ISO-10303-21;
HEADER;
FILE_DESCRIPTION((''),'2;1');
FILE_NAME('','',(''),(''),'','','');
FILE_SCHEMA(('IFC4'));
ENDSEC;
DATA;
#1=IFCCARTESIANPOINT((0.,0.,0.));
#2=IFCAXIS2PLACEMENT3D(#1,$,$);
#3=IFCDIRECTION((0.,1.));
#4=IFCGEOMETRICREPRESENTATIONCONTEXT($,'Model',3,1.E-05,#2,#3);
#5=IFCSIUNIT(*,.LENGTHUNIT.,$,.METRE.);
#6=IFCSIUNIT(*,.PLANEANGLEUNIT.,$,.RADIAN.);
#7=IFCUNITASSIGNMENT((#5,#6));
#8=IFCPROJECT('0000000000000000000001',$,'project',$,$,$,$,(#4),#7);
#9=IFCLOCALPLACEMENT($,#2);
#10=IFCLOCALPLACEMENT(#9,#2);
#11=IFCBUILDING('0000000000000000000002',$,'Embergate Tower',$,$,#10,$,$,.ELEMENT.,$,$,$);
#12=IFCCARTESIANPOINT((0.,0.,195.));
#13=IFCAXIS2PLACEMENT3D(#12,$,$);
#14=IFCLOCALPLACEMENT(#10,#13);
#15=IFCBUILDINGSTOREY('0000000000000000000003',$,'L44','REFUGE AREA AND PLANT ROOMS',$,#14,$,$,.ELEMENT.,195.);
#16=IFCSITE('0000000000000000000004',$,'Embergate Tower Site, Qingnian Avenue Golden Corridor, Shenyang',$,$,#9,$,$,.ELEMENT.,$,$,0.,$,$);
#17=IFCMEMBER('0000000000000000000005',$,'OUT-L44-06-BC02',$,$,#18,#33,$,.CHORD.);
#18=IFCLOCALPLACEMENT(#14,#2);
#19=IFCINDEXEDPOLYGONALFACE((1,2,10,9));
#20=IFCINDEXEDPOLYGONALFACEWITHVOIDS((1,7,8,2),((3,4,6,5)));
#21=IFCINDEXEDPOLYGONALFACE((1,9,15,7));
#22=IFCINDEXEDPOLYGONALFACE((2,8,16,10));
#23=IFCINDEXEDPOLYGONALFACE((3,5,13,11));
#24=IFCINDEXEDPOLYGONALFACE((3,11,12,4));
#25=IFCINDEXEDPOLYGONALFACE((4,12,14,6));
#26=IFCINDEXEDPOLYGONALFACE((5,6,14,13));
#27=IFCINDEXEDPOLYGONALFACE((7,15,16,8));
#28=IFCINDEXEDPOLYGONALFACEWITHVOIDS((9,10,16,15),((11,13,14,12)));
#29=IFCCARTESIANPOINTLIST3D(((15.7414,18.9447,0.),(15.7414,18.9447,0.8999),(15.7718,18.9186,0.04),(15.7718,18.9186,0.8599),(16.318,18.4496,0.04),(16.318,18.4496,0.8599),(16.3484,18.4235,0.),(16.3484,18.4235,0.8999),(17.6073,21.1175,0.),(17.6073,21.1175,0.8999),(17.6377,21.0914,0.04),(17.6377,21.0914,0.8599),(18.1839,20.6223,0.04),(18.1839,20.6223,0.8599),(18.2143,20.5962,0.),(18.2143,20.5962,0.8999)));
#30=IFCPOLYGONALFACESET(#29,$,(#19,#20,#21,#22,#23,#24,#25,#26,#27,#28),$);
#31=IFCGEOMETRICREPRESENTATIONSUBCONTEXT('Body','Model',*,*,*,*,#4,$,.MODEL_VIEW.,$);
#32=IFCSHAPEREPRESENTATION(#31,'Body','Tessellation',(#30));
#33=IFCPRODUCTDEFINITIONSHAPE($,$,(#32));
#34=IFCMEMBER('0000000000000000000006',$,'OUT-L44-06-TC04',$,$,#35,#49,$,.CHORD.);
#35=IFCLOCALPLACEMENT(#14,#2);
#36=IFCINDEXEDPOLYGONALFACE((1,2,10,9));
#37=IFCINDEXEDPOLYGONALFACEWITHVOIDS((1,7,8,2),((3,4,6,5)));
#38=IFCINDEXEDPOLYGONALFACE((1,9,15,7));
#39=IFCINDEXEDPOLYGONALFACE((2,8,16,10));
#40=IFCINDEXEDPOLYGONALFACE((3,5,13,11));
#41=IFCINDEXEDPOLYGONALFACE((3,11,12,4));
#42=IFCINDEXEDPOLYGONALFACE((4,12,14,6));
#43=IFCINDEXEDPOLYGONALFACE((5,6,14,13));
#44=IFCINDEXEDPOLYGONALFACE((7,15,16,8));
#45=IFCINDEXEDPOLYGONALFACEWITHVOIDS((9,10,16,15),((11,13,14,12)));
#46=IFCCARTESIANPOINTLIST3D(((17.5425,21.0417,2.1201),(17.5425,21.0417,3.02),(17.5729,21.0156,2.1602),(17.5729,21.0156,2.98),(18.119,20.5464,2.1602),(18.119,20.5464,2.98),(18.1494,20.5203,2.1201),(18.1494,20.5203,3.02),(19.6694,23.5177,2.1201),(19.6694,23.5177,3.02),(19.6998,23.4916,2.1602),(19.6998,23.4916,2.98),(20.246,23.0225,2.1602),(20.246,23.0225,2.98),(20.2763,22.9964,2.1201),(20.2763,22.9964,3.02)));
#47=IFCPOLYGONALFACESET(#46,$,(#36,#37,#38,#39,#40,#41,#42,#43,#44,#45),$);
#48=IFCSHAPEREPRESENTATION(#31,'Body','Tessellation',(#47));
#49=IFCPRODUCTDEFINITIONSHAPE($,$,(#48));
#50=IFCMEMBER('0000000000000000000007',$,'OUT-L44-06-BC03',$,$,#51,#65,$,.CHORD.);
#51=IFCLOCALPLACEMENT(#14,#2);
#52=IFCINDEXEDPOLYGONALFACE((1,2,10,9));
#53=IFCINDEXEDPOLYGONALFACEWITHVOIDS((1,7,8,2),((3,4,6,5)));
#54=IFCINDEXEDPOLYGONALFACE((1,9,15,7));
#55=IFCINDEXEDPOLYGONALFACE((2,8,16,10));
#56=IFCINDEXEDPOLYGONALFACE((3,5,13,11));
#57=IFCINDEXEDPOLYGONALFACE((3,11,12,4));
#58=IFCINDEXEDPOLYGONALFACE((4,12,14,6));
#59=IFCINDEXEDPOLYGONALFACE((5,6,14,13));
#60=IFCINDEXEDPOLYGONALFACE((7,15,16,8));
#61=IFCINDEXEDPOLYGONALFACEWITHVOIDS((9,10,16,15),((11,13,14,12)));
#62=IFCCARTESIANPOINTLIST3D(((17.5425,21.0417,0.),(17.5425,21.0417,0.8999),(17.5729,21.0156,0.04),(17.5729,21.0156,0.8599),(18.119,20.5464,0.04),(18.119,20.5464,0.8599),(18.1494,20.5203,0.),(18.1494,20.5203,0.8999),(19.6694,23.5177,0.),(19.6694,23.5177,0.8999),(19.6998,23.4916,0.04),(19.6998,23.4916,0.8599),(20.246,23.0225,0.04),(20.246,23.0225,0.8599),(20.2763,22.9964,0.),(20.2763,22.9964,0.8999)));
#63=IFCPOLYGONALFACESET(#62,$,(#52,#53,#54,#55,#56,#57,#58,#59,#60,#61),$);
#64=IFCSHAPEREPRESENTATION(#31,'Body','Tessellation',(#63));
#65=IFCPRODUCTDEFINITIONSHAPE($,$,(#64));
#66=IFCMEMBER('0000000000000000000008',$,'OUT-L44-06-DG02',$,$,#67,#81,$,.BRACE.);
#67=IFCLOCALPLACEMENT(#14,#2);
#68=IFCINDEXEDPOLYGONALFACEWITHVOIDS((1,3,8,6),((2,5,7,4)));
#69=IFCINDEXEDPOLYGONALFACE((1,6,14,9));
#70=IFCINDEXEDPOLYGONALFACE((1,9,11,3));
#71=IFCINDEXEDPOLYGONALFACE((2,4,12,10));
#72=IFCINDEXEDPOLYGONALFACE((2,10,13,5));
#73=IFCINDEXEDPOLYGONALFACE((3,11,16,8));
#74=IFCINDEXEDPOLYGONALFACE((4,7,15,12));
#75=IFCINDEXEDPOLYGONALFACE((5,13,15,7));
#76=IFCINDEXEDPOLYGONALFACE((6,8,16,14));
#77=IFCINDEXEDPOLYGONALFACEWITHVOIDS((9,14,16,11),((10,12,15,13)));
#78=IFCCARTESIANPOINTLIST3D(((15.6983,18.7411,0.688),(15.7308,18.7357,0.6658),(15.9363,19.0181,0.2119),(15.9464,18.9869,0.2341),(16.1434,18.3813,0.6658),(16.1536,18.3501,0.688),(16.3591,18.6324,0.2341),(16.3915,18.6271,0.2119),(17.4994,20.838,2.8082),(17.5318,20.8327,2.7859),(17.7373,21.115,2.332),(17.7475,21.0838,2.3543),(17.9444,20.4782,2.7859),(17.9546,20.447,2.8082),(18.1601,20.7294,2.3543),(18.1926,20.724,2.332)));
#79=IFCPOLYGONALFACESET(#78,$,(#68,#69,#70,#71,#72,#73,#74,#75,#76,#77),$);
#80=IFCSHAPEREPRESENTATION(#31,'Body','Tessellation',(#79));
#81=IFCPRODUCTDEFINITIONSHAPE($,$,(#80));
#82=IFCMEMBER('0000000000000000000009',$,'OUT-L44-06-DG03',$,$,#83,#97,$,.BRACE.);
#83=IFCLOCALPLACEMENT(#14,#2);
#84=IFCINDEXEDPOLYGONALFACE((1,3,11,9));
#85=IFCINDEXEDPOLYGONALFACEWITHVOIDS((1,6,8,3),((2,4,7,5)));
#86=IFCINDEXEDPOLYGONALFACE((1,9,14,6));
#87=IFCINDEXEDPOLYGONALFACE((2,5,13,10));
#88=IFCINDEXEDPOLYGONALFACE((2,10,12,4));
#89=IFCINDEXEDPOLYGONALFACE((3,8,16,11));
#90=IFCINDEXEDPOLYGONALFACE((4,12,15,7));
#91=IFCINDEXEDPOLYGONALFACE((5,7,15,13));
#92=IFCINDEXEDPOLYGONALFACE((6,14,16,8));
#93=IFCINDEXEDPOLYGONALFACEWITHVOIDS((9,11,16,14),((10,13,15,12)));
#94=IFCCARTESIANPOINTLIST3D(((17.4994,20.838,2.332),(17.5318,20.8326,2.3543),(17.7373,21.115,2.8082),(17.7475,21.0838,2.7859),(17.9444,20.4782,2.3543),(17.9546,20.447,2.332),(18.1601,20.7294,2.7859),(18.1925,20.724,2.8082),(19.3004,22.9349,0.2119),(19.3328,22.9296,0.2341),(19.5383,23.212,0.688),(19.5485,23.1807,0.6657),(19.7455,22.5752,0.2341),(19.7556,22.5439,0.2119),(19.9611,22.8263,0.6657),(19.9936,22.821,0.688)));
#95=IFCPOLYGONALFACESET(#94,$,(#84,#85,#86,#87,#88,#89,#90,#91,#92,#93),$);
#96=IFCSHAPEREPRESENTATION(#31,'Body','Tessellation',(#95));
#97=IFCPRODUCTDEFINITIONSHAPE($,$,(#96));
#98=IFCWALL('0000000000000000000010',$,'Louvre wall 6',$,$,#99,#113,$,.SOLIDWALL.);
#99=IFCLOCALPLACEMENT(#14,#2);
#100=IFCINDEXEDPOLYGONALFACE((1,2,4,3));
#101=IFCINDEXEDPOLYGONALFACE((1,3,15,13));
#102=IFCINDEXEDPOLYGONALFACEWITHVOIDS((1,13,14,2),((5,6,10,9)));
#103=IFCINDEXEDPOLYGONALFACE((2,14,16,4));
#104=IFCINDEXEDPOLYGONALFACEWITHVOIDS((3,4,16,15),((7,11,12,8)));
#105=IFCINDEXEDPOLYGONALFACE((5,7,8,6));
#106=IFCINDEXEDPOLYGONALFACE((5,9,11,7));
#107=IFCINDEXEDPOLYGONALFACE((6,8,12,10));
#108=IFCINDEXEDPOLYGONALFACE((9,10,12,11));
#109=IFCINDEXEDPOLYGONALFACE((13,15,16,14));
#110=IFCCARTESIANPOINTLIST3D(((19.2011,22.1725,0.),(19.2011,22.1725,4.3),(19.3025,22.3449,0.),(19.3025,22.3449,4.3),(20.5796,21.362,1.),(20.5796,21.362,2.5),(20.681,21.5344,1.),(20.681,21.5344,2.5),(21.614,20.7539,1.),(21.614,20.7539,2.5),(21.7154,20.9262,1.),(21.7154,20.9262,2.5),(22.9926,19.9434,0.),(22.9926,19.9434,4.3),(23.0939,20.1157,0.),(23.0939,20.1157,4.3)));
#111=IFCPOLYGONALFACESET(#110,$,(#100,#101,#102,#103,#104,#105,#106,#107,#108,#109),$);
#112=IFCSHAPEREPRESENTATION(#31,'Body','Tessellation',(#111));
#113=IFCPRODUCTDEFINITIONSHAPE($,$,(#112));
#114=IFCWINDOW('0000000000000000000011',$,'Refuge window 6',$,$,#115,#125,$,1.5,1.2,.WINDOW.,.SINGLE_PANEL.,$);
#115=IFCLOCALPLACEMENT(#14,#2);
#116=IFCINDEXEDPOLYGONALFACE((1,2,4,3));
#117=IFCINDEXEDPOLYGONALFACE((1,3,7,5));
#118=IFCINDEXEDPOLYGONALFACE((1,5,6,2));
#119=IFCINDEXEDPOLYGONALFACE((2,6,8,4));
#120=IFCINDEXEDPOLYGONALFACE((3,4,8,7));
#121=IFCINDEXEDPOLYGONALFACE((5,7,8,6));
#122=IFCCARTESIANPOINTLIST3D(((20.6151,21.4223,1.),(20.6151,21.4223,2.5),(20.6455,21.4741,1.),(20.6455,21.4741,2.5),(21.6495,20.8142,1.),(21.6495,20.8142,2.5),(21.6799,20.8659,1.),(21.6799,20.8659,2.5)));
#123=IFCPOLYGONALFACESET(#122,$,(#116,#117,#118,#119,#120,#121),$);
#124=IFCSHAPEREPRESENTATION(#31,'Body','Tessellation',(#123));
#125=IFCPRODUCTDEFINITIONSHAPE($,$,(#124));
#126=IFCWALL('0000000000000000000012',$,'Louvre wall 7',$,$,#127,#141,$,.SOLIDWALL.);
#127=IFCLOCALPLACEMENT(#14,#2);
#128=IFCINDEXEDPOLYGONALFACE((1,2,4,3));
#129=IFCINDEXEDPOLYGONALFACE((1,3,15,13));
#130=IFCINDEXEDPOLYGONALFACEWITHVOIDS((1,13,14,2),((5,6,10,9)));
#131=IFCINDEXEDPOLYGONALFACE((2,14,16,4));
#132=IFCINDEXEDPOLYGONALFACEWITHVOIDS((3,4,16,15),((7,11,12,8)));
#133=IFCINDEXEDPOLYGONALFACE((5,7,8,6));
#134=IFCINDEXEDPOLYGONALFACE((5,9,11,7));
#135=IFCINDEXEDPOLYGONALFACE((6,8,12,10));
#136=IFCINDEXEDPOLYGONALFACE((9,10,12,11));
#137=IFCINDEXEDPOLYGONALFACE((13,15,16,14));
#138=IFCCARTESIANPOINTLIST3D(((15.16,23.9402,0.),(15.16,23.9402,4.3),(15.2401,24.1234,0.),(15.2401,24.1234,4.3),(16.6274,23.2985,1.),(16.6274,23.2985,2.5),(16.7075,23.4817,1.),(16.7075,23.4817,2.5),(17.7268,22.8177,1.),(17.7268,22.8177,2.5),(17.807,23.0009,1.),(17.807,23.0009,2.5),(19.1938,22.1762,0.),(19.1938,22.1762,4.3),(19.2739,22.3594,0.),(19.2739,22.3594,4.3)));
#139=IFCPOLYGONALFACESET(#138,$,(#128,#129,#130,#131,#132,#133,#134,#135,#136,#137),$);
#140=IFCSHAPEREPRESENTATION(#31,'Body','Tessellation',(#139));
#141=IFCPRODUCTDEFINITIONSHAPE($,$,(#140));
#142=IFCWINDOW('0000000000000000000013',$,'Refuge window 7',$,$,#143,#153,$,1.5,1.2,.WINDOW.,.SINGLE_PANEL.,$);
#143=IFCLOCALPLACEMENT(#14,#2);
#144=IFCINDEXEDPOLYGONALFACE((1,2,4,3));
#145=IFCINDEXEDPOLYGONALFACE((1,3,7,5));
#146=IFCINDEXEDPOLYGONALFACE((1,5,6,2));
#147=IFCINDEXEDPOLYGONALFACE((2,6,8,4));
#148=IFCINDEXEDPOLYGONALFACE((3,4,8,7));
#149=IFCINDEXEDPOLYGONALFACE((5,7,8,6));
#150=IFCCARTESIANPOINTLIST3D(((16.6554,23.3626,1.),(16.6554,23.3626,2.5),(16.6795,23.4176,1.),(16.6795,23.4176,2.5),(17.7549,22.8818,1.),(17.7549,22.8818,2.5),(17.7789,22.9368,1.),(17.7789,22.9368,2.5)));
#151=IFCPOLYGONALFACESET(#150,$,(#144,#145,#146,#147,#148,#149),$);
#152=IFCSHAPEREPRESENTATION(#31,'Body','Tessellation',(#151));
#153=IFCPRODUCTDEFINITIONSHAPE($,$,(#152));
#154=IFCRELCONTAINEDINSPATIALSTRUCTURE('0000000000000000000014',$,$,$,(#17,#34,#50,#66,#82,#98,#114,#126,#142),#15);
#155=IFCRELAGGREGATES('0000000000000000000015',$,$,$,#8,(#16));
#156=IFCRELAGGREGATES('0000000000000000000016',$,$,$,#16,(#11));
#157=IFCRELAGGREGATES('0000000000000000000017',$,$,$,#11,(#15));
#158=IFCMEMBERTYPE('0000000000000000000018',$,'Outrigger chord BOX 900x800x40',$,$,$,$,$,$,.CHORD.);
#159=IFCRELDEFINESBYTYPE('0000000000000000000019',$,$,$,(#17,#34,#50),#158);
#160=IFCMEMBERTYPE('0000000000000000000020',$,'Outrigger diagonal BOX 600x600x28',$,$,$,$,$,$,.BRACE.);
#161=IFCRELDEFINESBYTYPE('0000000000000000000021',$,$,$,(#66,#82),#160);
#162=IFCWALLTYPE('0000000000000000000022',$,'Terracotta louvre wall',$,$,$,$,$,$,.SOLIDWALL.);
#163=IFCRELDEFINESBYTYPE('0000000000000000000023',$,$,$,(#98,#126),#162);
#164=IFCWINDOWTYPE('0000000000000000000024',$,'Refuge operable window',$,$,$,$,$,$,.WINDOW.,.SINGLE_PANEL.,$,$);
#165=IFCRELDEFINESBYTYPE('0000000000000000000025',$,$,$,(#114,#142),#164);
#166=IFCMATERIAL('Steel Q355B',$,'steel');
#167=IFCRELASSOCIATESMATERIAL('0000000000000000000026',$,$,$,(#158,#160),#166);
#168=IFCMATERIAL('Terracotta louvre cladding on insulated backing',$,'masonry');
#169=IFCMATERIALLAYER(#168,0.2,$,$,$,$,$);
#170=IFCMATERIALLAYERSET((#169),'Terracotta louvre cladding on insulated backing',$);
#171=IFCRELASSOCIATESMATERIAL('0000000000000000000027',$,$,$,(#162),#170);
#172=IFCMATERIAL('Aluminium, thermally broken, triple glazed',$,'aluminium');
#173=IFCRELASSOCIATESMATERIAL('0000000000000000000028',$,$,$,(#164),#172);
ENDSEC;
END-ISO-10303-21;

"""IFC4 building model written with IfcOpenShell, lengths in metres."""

from ifc_helpers import new_model, si_unit, direction, frame, frame_2d, origin, origin_2d, place, context, subcontext, project, spatial, rectangle, hollow_rectangle, extrude, source, transform, mapped, material, layer, layer_set, material_profile, profile_set, type_object, element, fill, save


model = new_model("IFC4")

# Units and contexts
model_context = context("Model", 3, precision=1e-05, world=origin(), true_north=direction((0.0, 1.0)))
body_context = subcontext(model_context, "Body", "Model", "MODEL_VIEW")
ifc_project = project(units=[si_unit("LENGTHUNIT", "METRE"), si_unit("PLANEANGLEUNIT", "RADIAN")], contexts=[model_context])

# Site, building, storey
site_placement = place(None, origin())
site = spatial("IfcSite", under=ifc_project, at=site_placement, Name="Embergate Tower Site, Qingnian Avenue Golden Corridor, Shenyang", CompositionType="ELEMENT", RefElevation=0.0)
building_placement = place(site_placement, origin())
building = spatial("IfcBuilding", under=site, at=building_placement, Name="Embergate Tower", CompositionType="ELEMENT")
storey_placement = place(building_placement, frame((0.0, 0.0, 195.0)))
storey = spatial("IfcBuildingStorey", under=building, at=storey_placement, Name="L44", Description="REFUGE AREA AND PLANT ROOMS", CompositionType="ELEMENT", Elevation=195.0)

# Shared definitions
ifc_material_1 = material(Name="Steel Q355B", Category="steel")

# Members
ifc_material_profile_1 = material_profile(ifc_material_1, hollow_rectangle(XDim=0.8, YDim=0.8999, WallThickness=0.04, at=origin_2d()), Name="BOX 900x800x40")
ifc_profile_set_1 = profile_set([ifc_material_profile_1], Name="Steel Q355 grade B")
member_type_1 = type_object("IfcMemberType", Name="Outrigger chord BOX 900x800x40", PredefinedType="CHORD", material=ifc_profile_set_1)
shared_shape_1 = source(origin(), body_context, "Body", "SweptSolid", [
    extrude(hollow_rectangle(XDim=0.8, YDim=0.8999, WallThickness=0.04, at=origin_2d()), origin(), (0.0, 0.0, 1.0), 2.864),
])
for number, where, z_axis, x_axis, name in (
    (1, (16.0449, 18.6841, 0.45), (0.6515, 0.758649, 0.0), (-0.758649, 0.6515, 0.0), "OUT-L44-06-BC02"),
):
    element("IfcMember", number, at=place(storey_placement, frame(where, z_axis=z_axis, x_axis=x_axis)), inside=storey, type_object=member_type_1, Name=name, PredefinedType="CHORD", context=body_context, shape_type="MappedRepresentation", body=[
        mapped(shared_shape_1, transform((0.0, 0.0, 0.0))),
    ])
shared_shape_2 = source(origin(), body_context, "Body", "SweptSolid", [
    extrude(hollow_rectangle(XDim=0.8, YDim=0.8999, WallThickness=0.04, at=origin_2d()), origin(), (0.0, 0.0, 1.0), 3.2642),
])
for number, where, z_axis, x_axis, name in (
    (2, (17.8459, 20.781, 2.5701), (0.651604, 0.758559, 0.0), (-0.758559, 0.651604, 0.0), "OUT-L44-06-TC04"),
    (3, (17.8459, 20.781, 0.45), (0.651604, 0.758559, 0.0), (-0.758559, 0.651604, 0.0), "OUT-L44-06-BC03"),
):
    element("IfcMember", number, at=place(storey_placement, frame(where, z_axis=z_axis, x_axis=x_axis)), inside=storey, type_object=member_type_1, Name=name, PredefinedType="CHORD", context=body_context, shape_type="MappedRepresentation", body=[
        mapped(shared_shape_2, transform((0.0, 0.0, 0.0))),
    ])
ifc_material_profile_2 = material_profile(ifc_material_1, hollow_rectangle(XDim=0.6001, YDim=0.6001, WallThickness=0.0281, at=origin_2d()), Name="BOX 600x600x28")
ifc_profile_set_2 = profile_set([ifc_material_profile_2], Name="Steel Q355 grade B")
member_type_2 = type_object("IfcMemberType", Name="Outrigger diagonal BOX 600x600x28", PredefinedType="BRACE", material=ifc_profile_set_2)
shared_shape_3 = source(origin(), body_context, "Body", "SweptSolid", [
    extrude(hollow_rectangle(XDim=0.6001, YDim=0.6001, WallThickness=0.0281, at=origin_2d()), origin(), (0.0, 0.0, 1.0), 3.4836),
])
for number, where, z_axis, x_axis, name in (
    (4, (16.0449, 18.6841, 0.45), (0.516997, 0.601936, 0.608594), (-0.758602, 0.651555, 0.0), "OUT-L44-06-DG02"),
    (5, (17.8459, 20.781, 2.5701), (0.516997, 0.601936, -0.608594), (-0.758602, 0.651555, 0.0), "OUT-L44-06-DG03"),
):
    element("IfcMember", number, at=place(storey_placement, frame(where, z_axis=z_axis, x_axis=x_axis)), inside=storey, type_object=member_type_2, Name=name, PredefinedType="BRACE", context=body_context, shape_type="MappedRepresentation", body=[
        mapped(shared_shape_3, transform((0.0, 0.0, 0.0))),
    ])

# Walls, openings, windows
ifc_material_2 = material(Name="Terracotta louvre cladding on insulated backing", Category="masonry")
ifc_layer_1 = layer(ifc_material_2, 0.2)
ifc_layer_set_1 = layer_set([ifc_layer_1], Name="Terracotta louvre cladding on insulated backing")
wall_type_1 = type_object("IfcWallType", Name="Terracotta louvre wall", PredefinedType="SOLIDWALL", material=ifc_layer_set_1)
shared_shape_4 = source(origin(), body_context, "Body", "SweptSolid", [
    extrude(rectangle(XDim=4.3982, YDim=0.2, at=frame_2d((2.1992, 0.0))), origin(), (0.0, 0.0, 1.0), 4.3),
])
wall_1_placement = place(storey_placement, frame((19.2517, 22.2588, 0.0), z_axis=(0.0, 0.0, 1.0), x_axis=(0.862038, -0.506843, 0.0)))
wall_1 = element("IfcWall", 6, at=wall_1_placement, inside=storey, type_object=wall_type_1, Name="Louvre wall 6", PredefinedType="SOLIDWALL", context=body_context, shape_type="MappedRepresentation", body=[
    mapped(shared_shape_4, transform((0.0, 0.0, 0.0))),
])
shared_shape_5 = source(origin(), body_context, "Body", "SweptSolid", [
    extrude(rectangle(XDim=1.2, YDim=1.5, at=frame_2d((0.6001, 0.75))), frame((0.0, 0.1099, 0.0), z_axis=(0.0, -1.0, 0.0), x_axis=(1.0, 0.0, 0.0)), (0.0, 0.0, 1.0), 0.22),
])
opening_1_placement = place(wall_1_placement, frame((1.5991, 0.0, 1.0)))
opening_1 = element("IfcOpeningElement", 7, at=opening_1_placement, cuts=wall_1, PredefinedType="OPENING", context=body_context, shape_type="MappedRepresentation", body=[
    mapped(shared_shape_5, transform((0.0, 0.0, 0.0))),
])
ifc_material_3 = material(Name="Aluminium, thermally broken, triple glazed", Category="aluminium")
window_type = type_object("IfcWindowType", Name="Refuge operable window", PartitioningType="SINGLE_PANEL", PredefinedType="WINDOW", material=ifc_material_3)
shared_shape_6 = source(origin(), body_context, "Body", "SweptSolid", [
    extrude(rectangle(XDim=1.2, YDim=1.5, at=frame_2d((0.6001, 0.75))), frame((0.0, 0.03, 0.0), z_axis=(0.0, -1.0, 0.0), x_axis=(1.0, 0.0, 0.0)), (0.0, 0.0, 1.0), 0.0601),
])
window_1_placement = place(opening_1_placement, origin())
window_1 = element("IfcWindow", 8, at=window_1_placement, inside=storey, type_object=window_type, Name="Refuge window 6", OverallHeight=1.5, OverallWidth=1.2, PartitioningType="SINGLE_PANEL", PredefinedType="WINDOW", context=body_context, shape_type="MappedRepresentation", body=[
    mapped(shared_shape_6, transform((0.0, 0.0, 0.0))),
])
fill(opening_1, window_1)
shared_shape_7 = source(origin(), body_context, "Body", "SweptSolid", [
    extrude(rectangle(XDim=4.4026, YDim=0.2, at=frame_2d((2.2012, 0.0))), origin(), (0.0, 0.0, 1.0), 4.3),
])
wall_2_placement = place(storey_placement, frame((15.2002, 24.0317, 0.0), z_axis=(0.0, 0.0, 1.0), x_axis=(0.916226, -0.400662, 0.0)))
wall_2 = element("IfcWall", 9, at=wall_2_placement, inside=storey, type_object=wall_type_1, Name="Louvre wall 7", PredefinedType="SOLIDWALL", context=body_context, shape_type="MappedRepresentation", body=[
    mapped(shared_shape_7, transform((0.0, 0.0, 0.0))),
])
opening_2_placement = place(wall_2_placement, frame((1.6013, 0.0, 1.0)))
opening_2 = element("IfcOpeningElement", 10, at=opening_2_placement, cuts=wall_2, PredefinedType="OPENING", context=body_context, shape_type="MappedRepresentation", body=[
    mapped(shared_shape_5, transform((0.0, 0.0, 0.0))),
])
window_2_placement = place(opening_2_placement, origin())
window_2 = element("IfcWindow", 11, at=window_2_placement, inside=storey, type_object=window_type, Name="Refuge window 7", OverallHeight=1.5, OverallWidth=1.2, PartitioningType="SINGLE_PANEL", PredefinedType="WINDOW", context=body_context, shape_type="MappedRepresentation", body=[
    mapped(shared_shape_6, transform((0.0, 0.0, 0.0))),
])
fill(opening_2, window_2)

save(model, "model.ifc")
